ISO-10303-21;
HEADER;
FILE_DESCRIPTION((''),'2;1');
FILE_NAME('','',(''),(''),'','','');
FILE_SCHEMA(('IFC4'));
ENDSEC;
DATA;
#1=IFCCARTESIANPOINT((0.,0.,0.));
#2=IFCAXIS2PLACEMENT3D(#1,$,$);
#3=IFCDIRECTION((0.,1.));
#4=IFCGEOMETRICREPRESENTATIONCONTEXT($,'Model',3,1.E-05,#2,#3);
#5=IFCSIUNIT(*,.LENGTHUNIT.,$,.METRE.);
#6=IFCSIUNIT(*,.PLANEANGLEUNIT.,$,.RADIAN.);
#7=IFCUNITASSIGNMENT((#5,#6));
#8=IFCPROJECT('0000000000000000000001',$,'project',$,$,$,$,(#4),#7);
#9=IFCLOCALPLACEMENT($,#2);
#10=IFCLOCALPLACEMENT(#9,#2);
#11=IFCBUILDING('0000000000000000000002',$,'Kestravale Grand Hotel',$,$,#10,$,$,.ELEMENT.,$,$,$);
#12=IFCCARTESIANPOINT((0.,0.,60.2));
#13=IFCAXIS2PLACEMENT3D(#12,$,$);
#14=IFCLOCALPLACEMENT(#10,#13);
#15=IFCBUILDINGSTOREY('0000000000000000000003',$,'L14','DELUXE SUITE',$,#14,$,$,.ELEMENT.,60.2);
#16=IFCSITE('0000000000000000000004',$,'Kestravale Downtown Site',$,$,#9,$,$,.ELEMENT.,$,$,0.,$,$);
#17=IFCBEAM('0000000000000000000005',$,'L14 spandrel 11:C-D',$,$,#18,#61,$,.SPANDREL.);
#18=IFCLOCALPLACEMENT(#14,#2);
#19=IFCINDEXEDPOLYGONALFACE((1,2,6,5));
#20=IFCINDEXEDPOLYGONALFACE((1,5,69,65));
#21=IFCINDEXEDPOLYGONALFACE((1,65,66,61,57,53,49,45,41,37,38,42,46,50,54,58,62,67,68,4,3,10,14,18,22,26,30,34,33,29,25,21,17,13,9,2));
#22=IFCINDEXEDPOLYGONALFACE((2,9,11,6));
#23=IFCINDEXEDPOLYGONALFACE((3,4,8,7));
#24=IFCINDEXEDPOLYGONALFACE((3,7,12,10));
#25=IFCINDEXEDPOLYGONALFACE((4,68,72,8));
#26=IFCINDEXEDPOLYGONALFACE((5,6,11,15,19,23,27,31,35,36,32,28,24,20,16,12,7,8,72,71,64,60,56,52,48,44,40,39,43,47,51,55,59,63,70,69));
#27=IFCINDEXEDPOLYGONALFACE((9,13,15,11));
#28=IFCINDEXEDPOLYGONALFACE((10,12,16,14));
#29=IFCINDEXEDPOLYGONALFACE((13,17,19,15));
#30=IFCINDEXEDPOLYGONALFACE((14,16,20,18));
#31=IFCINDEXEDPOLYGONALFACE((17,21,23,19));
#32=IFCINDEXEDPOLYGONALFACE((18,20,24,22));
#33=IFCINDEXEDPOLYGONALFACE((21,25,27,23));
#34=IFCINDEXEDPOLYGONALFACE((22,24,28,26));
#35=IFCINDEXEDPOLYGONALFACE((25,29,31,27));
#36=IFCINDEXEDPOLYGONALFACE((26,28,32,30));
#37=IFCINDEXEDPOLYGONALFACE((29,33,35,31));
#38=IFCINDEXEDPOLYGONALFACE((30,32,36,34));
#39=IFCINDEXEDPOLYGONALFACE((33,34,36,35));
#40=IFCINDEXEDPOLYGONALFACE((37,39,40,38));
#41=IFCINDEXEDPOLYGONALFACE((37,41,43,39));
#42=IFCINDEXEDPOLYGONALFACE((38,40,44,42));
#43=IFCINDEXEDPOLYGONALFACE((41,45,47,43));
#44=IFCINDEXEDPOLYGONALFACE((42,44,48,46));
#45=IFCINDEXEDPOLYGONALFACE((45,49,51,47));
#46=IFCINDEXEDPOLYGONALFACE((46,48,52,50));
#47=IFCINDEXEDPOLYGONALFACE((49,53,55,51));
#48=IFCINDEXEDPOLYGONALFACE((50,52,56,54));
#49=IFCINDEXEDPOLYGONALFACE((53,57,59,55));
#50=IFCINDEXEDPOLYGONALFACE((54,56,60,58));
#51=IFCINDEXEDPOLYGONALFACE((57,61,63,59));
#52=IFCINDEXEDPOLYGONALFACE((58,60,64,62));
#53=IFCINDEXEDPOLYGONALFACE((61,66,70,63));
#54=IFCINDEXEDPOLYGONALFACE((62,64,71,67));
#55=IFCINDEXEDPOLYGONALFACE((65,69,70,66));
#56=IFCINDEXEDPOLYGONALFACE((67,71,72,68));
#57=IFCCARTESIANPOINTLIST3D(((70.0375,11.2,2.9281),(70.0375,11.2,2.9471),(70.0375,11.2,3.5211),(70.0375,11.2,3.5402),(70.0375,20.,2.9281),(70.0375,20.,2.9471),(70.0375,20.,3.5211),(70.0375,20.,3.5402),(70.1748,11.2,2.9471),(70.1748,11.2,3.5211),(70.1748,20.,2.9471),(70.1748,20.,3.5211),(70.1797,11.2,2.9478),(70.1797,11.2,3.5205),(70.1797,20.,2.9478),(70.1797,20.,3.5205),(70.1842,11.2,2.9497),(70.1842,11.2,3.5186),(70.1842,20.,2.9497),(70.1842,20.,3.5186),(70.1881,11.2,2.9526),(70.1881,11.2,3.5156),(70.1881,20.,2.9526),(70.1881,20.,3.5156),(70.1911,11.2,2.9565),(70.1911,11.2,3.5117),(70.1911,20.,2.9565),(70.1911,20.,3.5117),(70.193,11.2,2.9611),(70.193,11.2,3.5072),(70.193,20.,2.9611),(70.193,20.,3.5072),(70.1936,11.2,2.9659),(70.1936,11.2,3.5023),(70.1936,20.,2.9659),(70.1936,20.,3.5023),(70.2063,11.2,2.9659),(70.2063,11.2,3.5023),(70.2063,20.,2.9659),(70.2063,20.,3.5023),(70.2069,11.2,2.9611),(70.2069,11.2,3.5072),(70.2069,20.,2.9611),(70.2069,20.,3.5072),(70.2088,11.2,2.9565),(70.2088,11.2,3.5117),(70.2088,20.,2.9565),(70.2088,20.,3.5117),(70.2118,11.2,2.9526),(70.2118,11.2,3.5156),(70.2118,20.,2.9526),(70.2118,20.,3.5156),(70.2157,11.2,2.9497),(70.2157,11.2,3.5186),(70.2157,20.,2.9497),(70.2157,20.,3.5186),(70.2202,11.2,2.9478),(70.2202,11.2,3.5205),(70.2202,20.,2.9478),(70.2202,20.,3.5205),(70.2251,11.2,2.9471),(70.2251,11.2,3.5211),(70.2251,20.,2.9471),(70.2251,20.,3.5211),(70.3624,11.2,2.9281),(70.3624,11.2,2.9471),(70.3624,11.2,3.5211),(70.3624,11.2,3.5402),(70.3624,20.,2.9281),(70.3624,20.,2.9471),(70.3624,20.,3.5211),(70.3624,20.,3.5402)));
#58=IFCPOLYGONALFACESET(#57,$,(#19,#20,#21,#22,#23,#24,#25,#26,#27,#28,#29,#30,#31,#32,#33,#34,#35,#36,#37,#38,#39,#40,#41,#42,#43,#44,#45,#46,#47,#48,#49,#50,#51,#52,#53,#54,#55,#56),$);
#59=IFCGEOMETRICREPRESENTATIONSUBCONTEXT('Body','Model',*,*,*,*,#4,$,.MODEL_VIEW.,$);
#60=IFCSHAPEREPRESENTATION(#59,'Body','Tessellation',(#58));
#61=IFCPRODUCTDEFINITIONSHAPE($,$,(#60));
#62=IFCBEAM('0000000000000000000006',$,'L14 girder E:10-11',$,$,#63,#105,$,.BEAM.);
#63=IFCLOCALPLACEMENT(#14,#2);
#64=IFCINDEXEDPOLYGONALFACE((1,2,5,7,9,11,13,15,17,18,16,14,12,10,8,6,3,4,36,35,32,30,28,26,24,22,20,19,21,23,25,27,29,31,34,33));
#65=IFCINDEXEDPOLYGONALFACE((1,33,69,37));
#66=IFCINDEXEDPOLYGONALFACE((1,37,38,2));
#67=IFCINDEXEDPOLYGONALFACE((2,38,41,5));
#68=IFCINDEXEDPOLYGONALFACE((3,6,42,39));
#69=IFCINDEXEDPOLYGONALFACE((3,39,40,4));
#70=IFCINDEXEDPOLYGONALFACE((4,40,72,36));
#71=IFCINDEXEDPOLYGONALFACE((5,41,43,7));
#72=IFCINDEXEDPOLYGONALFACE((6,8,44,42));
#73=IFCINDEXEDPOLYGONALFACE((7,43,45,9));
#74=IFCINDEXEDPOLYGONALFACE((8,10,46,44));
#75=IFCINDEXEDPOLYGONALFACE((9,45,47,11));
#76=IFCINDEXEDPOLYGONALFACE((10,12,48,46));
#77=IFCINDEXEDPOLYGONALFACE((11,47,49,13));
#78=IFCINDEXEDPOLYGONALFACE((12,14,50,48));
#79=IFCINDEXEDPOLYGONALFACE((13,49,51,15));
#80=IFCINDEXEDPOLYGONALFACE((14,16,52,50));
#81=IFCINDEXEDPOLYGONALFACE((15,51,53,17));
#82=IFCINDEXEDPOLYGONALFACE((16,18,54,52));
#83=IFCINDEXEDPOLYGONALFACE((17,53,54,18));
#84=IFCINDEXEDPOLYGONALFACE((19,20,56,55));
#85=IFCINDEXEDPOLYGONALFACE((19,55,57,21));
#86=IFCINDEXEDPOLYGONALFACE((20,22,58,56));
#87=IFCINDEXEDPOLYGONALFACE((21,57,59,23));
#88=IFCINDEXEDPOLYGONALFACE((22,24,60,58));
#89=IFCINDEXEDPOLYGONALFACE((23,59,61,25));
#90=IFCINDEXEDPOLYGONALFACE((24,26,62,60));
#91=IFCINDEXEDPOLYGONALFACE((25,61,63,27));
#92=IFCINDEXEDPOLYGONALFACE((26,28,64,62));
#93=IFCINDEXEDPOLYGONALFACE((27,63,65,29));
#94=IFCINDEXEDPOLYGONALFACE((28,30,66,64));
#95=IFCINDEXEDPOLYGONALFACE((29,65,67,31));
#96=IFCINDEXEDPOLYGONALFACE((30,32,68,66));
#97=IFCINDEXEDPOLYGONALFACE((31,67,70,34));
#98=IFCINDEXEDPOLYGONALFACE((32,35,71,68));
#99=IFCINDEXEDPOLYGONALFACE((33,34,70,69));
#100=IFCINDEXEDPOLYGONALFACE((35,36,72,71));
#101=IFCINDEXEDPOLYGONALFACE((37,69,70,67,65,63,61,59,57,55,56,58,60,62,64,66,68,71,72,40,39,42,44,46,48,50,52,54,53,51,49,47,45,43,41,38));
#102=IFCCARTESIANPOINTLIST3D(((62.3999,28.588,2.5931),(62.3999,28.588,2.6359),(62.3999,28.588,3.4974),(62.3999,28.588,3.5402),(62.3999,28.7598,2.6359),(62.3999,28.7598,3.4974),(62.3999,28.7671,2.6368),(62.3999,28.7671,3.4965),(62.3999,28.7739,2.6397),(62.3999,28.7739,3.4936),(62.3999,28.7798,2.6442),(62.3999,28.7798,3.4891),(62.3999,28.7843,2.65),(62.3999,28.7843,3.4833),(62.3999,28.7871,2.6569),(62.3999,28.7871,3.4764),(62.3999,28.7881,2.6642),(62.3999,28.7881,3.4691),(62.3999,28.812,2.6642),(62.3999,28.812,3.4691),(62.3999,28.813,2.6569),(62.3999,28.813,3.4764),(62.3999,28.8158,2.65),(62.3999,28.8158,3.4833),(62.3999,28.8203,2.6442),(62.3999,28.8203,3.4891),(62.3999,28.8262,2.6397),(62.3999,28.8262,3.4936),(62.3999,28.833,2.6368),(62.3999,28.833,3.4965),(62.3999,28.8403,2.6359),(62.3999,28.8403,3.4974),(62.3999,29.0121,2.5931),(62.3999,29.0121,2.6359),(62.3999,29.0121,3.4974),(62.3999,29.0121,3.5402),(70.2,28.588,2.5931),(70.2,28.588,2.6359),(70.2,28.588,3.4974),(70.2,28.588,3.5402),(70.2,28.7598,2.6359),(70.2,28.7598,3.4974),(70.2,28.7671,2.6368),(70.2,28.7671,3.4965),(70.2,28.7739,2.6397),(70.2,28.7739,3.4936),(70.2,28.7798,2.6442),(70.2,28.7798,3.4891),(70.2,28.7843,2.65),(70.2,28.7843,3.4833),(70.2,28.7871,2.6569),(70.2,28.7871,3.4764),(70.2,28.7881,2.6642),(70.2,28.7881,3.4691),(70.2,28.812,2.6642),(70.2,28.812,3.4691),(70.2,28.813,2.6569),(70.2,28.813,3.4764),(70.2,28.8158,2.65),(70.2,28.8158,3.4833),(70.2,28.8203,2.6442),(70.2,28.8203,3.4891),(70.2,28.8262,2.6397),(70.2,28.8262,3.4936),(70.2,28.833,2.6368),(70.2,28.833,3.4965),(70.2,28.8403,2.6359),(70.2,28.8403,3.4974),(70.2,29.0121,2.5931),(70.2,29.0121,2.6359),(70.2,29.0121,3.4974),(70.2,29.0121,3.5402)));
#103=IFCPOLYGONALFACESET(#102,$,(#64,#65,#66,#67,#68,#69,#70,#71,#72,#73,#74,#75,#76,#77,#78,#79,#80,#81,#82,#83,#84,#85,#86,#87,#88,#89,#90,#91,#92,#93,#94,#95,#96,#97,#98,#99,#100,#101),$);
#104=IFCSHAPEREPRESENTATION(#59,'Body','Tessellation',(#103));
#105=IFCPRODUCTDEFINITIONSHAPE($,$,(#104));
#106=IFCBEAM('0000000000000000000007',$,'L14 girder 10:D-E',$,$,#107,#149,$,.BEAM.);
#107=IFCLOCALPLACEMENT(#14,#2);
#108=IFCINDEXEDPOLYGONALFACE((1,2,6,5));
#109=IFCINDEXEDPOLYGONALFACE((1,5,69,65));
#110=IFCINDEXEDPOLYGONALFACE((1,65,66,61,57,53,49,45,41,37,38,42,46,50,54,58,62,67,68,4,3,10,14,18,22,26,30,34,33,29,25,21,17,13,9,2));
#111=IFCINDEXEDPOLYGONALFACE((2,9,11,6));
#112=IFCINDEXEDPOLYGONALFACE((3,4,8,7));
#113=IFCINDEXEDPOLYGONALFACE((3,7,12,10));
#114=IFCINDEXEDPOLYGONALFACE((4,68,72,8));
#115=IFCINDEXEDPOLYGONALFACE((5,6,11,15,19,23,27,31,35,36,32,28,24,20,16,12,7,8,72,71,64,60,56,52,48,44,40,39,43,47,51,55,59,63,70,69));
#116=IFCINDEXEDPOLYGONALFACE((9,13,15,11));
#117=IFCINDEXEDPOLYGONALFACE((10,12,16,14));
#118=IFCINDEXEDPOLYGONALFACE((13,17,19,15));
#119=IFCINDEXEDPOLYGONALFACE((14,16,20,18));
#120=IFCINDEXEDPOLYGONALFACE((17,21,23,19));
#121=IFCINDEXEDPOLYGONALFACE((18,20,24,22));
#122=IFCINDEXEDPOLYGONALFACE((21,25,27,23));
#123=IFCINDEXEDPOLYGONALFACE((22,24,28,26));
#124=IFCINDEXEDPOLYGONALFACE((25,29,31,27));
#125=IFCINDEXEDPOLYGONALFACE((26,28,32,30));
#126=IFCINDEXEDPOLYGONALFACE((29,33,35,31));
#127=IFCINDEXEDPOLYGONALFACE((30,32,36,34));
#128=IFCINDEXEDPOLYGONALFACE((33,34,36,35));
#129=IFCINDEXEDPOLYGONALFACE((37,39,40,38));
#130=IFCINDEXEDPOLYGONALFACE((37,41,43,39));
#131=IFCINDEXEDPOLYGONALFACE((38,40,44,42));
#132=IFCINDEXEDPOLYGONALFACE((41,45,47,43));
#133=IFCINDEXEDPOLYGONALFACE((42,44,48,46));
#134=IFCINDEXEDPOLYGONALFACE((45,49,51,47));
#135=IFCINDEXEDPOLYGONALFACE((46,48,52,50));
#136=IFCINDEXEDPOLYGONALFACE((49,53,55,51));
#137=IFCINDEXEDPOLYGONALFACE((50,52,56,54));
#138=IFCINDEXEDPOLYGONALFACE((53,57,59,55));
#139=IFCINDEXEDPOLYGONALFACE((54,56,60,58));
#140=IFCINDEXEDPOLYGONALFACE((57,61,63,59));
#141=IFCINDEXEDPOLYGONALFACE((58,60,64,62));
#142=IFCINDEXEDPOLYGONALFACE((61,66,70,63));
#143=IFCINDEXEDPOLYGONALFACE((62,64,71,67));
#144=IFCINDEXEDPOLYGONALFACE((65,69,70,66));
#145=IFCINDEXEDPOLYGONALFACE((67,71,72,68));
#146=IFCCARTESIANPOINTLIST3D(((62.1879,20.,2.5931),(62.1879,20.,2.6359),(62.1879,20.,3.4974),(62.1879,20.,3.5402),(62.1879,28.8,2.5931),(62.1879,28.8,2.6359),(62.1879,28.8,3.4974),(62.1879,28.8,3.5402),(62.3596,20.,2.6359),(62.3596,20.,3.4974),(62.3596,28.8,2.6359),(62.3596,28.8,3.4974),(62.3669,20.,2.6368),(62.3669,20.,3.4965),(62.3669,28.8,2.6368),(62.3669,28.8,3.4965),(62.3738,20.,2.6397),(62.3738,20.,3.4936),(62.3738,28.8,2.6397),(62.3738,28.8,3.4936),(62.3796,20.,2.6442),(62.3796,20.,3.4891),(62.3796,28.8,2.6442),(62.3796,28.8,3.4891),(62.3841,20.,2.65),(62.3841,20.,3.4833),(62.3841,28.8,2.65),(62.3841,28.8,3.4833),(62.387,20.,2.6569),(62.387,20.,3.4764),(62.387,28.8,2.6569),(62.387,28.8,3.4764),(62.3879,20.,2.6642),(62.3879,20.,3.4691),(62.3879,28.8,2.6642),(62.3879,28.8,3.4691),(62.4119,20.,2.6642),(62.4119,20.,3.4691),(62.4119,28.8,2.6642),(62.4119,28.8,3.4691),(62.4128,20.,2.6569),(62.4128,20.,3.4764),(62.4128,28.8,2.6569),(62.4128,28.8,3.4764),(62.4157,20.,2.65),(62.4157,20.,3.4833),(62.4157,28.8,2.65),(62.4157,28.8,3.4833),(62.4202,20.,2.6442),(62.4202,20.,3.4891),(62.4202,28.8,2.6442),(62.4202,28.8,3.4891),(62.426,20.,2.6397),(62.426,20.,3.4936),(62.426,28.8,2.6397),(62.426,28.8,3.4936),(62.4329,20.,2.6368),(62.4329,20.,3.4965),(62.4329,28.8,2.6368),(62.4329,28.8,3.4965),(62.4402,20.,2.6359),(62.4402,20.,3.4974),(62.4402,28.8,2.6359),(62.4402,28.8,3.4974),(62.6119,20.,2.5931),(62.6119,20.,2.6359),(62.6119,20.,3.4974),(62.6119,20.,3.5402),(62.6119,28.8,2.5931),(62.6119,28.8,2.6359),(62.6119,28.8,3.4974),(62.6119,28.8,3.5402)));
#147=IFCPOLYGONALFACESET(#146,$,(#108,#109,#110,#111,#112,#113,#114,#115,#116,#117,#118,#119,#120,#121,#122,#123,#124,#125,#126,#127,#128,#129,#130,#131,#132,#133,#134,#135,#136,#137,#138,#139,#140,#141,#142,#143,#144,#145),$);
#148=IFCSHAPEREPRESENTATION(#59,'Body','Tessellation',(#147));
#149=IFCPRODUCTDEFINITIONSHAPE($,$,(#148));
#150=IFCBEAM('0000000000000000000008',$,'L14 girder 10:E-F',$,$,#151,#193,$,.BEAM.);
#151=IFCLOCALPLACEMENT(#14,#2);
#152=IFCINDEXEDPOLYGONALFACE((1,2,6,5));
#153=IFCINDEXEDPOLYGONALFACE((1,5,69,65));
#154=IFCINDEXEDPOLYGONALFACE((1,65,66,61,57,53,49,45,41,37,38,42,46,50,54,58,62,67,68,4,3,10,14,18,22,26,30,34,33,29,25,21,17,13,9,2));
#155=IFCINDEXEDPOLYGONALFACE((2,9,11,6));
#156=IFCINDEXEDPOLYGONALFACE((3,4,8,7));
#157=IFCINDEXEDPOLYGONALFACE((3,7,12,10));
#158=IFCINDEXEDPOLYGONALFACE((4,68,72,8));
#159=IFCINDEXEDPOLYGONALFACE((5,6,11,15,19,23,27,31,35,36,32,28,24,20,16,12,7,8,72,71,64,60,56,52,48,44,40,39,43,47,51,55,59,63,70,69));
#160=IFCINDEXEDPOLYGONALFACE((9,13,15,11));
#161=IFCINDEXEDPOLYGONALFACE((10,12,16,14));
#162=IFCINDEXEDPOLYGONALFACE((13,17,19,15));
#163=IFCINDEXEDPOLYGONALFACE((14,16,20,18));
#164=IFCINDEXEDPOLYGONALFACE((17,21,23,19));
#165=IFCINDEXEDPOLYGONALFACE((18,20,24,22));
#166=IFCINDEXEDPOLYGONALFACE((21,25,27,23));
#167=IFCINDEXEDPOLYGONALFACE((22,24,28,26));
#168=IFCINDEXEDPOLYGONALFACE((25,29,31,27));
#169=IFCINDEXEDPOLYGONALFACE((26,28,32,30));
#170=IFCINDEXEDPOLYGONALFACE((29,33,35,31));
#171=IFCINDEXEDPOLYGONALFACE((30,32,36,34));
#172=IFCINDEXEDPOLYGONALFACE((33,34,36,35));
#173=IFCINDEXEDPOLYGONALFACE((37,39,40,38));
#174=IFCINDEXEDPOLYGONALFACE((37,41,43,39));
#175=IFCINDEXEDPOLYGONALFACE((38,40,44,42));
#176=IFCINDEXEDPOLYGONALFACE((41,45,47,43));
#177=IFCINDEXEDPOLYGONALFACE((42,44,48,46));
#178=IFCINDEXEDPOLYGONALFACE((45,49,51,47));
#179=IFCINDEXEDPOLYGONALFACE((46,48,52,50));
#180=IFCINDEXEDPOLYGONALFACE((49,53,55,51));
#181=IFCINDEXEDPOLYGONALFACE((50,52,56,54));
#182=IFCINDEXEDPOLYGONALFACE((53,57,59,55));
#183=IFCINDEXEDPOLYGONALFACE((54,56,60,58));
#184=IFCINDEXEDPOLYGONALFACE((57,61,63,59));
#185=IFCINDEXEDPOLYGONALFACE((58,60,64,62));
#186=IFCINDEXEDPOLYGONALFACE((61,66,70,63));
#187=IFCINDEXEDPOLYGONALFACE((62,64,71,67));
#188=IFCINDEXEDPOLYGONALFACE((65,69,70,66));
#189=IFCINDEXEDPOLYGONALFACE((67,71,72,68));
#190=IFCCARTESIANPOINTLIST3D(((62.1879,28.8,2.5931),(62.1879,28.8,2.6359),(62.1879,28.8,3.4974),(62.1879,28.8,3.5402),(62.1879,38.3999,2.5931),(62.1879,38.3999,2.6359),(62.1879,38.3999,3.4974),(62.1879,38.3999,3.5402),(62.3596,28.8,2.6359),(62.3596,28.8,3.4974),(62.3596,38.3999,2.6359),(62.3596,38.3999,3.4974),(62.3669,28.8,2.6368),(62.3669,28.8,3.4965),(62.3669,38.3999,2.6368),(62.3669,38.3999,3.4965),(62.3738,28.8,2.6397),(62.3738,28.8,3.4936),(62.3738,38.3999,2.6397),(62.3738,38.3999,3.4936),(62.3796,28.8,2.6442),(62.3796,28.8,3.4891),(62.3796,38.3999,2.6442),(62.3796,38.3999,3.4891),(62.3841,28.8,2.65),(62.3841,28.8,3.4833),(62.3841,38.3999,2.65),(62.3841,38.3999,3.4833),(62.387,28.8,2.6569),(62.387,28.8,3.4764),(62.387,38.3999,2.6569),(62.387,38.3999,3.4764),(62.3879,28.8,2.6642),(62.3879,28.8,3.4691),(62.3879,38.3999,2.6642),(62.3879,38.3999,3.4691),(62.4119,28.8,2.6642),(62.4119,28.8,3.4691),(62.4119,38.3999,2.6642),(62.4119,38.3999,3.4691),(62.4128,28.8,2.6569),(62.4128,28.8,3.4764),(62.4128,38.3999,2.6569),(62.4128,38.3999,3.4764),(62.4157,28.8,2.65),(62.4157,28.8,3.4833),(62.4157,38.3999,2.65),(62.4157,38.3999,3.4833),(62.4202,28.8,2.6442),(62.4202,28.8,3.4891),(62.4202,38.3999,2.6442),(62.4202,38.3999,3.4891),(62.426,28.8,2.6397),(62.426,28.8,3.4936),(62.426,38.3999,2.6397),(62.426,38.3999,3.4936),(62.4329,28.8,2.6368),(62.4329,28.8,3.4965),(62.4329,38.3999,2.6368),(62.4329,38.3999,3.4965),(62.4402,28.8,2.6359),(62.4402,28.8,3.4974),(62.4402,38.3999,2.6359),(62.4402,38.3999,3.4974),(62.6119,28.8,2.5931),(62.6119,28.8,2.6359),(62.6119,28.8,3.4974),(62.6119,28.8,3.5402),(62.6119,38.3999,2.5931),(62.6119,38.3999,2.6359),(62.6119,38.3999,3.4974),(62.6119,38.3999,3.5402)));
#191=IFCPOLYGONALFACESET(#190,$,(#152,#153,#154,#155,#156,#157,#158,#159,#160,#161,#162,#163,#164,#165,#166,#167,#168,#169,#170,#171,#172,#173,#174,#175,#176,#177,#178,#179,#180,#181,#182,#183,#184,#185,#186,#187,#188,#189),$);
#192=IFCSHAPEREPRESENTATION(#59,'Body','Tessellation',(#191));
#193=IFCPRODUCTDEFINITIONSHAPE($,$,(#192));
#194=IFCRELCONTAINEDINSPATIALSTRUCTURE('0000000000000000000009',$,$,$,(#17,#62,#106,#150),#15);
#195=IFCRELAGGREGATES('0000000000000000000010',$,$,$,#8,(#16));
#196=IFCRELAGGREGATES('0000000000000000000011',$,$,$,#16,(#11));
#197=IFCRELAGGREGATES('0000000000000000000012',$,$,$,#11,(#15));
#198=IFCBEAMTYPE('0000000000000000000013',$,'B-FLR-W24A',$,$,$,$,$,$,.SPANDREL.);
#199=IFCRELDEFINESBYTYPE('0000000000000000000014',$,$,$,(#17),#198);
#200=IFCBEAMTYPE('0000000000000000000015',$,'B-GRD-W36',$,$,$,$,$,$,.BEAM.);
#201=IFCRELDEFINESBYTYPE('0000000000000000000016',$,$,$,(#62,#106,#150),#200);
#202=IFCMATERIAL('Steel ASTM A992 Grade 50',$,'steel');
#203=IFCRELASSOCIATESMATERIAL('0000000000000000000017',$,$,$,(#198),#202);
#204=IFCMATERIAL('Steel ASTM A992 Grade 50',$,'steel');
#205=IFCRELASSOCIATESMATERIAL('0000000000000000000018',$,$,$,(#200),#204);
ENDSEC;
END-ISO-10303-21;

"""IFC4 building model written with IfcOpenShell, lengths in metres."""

from ifc_helpers import new_model, si_unit, direction, frame, origin, origin_2d, place, context, subcontext, project, spatial, i_section, extrude, material, material_profile, profile_set, type_object, element, save


model = new_model("IFC4")

# Units and contexts
model_context = context("Model", 3, precision=1e-05, world=origin(), true_north=direction((0.0, 1.0)))
body_context = subcontext(model_context, "Body", "Model", "MODEL_VIEW")
ifc_project = project(units=[si_unit("LENGTHUNIT", "METRE"), si_unit("PLANEANGLEUNIT", "RADIAN")], contexts=[model_context])

# Site, building, storey
site_placement = place(None, origin())
site = spatial("IfcSite", under=ifc_project, at=site_placement, Name="Kestravale Downtown Site", CompositionType="ELEMENT", RefElevation=0.0)
building_placement = place(site_placement, origin())
building = spatial("IfcBuilding", under=site, at=building_placement, Name="Kestravale Grand Hotel", CompositionType="ELEMENT")
storey_placement = place(building_placement, frame((0.0, 0.0, 60.2)))
storey = spatial("IfcBuildingStorey", under=building, at=storey_placement, Name="L14", Description="DELUXE SUITE", CompositionType="ELEMENT", Elevation=60.2)

# Beams
ifc_material_1 = material(Name="Steel ASTM A992 Grade 50", Category="steel")
ifc_material_profile_1 = material_profile(ifc_material_1, i_section(OverallWidth=0.325, OverallDepth=0.6121, WebThickness=0.0127, FlangeThickness=0.019, FilletRadius=0.0188, at=origin_2d()))
ifc_profile_set_1 = profile_set([ifc_material_profile_1], Name="Steel ASTM A992 Grade 50")
beam_type_1 = type_object("IfcBeamType", Name="B-FLR-W24A", PredefinedType="SPANDREL", material=ifc_profile_set_1)
beam_1_placement = place(storey_placement, frame((70.2, 11.2, 3.2341), z_axis=(0.0, 1.0, 0.0), x_axis=(-1.0, 0.0, 0.0)))
element("IfcBeam", 1, at=beam_1_placement, inside=storey, type_object=beam_type_1, Name="L14 spandrel 11:C-D", PredefinedType="SPANDREL", context=body_context, shape_type="SweptSolid", body=[
    extrude(i_section(OverallWidth=0.325, OverallDepth=0.6121, WebThickness=0.0127, FlangeThickness=0.019, FilletRadius=0.0188, at=origin_2d()), origin(), (0.0, 0.0, 1.0), 8.8),
])
ifc_material_2 = material(Name="Steel ASTM A992 Grade 50", Category="steel")
ifc_material_profile_2 = material_profile(ifc_material_2, i_section(OverallWidth=0.4241, OverallDepth=0.947, WebThickness=0.0239, FlangeThickness=0.0427, FilletRadius=0.0283, at=origin_2d()))
ifc_profile_set_2 = profile_set([ifc_material_profile_2], Name="Steel ASTM A992 Grade 50")
beam_type_2 = type_object("IfcBeamType", Name="B-GRD-W36", PredefinedType="BEAM", material=ifc_profile_set_2)
beam_2_placement = place(storey_placement, frame((62.3999, 28.8, 3.0667), z_axis=(1.0, 0.0, 0.0), x_axis=(0.0, 1.0, 0.0)))
element("IfcBeam", 2, at=beam_2_placement, inside=storey, type_object=beam_type_2, Name="L14 girder E:10-11", PredefinedType="BEAM", context=body_context, shape_type="SweptSolid", body=[
    extrude(i_section(OverallWidth=0.4241, OverallDepth=0.947, WebThickness=0.0239, FlangeThickness=0.0427, FilletRadius=0.0283, at=origin_2d()), origin(), (0.0, 0.0, 1.0), 7.8),
])
beam_3_placement = place(storey_placement, frame((62.3999, 20.0, 3.0667), z_axis=(0.0, 1.0, 0.0), x_axis=(-1.0, 0.0, 0.0)))
element("IfcBeam", 3, at=beam_3_placement, inside=storey, type_object=beam_type_2, Name="L14 girder 10:D-E", PredefinedType="BEAM", context=body_context, shape_type="SweptSolid", body=[
    extrude(i_section(OverallWidth=0.4241, OverallDepth=0.947, WebThickness=0.0239, FlangeThickness=0.0427, FilletRadius=0.0283, at=origin_2d()), origin(), (0.0, 0.0, 1.0), 8.8),
])
beam_4_placement = place(storey_placement, frame((62.3999, 28.8, 3.0667), z_axis=(0.0, 1.0, 0.0), x_axis=(-1.0, 0.0, 0.0)))
element("IfcBeam", 4, at=beam_4_placement, inside=storey, type_object=beam_type_2, Name="L14 girder 10:E-F", PredefinedType="BEAM", context=body_context, shape_type="SweptSolid", body=[
    extrude(i_section(OverallWidth=0.4241, OverallDepth=0.947, WebThickness=0.0239, FlangeThickness=0.0427, FilletRadius=0.0283, at=origin_2d()), origin(), (0.0, 0.0, 1.0), 9.5999),
])

save(model, "model.ifc")
